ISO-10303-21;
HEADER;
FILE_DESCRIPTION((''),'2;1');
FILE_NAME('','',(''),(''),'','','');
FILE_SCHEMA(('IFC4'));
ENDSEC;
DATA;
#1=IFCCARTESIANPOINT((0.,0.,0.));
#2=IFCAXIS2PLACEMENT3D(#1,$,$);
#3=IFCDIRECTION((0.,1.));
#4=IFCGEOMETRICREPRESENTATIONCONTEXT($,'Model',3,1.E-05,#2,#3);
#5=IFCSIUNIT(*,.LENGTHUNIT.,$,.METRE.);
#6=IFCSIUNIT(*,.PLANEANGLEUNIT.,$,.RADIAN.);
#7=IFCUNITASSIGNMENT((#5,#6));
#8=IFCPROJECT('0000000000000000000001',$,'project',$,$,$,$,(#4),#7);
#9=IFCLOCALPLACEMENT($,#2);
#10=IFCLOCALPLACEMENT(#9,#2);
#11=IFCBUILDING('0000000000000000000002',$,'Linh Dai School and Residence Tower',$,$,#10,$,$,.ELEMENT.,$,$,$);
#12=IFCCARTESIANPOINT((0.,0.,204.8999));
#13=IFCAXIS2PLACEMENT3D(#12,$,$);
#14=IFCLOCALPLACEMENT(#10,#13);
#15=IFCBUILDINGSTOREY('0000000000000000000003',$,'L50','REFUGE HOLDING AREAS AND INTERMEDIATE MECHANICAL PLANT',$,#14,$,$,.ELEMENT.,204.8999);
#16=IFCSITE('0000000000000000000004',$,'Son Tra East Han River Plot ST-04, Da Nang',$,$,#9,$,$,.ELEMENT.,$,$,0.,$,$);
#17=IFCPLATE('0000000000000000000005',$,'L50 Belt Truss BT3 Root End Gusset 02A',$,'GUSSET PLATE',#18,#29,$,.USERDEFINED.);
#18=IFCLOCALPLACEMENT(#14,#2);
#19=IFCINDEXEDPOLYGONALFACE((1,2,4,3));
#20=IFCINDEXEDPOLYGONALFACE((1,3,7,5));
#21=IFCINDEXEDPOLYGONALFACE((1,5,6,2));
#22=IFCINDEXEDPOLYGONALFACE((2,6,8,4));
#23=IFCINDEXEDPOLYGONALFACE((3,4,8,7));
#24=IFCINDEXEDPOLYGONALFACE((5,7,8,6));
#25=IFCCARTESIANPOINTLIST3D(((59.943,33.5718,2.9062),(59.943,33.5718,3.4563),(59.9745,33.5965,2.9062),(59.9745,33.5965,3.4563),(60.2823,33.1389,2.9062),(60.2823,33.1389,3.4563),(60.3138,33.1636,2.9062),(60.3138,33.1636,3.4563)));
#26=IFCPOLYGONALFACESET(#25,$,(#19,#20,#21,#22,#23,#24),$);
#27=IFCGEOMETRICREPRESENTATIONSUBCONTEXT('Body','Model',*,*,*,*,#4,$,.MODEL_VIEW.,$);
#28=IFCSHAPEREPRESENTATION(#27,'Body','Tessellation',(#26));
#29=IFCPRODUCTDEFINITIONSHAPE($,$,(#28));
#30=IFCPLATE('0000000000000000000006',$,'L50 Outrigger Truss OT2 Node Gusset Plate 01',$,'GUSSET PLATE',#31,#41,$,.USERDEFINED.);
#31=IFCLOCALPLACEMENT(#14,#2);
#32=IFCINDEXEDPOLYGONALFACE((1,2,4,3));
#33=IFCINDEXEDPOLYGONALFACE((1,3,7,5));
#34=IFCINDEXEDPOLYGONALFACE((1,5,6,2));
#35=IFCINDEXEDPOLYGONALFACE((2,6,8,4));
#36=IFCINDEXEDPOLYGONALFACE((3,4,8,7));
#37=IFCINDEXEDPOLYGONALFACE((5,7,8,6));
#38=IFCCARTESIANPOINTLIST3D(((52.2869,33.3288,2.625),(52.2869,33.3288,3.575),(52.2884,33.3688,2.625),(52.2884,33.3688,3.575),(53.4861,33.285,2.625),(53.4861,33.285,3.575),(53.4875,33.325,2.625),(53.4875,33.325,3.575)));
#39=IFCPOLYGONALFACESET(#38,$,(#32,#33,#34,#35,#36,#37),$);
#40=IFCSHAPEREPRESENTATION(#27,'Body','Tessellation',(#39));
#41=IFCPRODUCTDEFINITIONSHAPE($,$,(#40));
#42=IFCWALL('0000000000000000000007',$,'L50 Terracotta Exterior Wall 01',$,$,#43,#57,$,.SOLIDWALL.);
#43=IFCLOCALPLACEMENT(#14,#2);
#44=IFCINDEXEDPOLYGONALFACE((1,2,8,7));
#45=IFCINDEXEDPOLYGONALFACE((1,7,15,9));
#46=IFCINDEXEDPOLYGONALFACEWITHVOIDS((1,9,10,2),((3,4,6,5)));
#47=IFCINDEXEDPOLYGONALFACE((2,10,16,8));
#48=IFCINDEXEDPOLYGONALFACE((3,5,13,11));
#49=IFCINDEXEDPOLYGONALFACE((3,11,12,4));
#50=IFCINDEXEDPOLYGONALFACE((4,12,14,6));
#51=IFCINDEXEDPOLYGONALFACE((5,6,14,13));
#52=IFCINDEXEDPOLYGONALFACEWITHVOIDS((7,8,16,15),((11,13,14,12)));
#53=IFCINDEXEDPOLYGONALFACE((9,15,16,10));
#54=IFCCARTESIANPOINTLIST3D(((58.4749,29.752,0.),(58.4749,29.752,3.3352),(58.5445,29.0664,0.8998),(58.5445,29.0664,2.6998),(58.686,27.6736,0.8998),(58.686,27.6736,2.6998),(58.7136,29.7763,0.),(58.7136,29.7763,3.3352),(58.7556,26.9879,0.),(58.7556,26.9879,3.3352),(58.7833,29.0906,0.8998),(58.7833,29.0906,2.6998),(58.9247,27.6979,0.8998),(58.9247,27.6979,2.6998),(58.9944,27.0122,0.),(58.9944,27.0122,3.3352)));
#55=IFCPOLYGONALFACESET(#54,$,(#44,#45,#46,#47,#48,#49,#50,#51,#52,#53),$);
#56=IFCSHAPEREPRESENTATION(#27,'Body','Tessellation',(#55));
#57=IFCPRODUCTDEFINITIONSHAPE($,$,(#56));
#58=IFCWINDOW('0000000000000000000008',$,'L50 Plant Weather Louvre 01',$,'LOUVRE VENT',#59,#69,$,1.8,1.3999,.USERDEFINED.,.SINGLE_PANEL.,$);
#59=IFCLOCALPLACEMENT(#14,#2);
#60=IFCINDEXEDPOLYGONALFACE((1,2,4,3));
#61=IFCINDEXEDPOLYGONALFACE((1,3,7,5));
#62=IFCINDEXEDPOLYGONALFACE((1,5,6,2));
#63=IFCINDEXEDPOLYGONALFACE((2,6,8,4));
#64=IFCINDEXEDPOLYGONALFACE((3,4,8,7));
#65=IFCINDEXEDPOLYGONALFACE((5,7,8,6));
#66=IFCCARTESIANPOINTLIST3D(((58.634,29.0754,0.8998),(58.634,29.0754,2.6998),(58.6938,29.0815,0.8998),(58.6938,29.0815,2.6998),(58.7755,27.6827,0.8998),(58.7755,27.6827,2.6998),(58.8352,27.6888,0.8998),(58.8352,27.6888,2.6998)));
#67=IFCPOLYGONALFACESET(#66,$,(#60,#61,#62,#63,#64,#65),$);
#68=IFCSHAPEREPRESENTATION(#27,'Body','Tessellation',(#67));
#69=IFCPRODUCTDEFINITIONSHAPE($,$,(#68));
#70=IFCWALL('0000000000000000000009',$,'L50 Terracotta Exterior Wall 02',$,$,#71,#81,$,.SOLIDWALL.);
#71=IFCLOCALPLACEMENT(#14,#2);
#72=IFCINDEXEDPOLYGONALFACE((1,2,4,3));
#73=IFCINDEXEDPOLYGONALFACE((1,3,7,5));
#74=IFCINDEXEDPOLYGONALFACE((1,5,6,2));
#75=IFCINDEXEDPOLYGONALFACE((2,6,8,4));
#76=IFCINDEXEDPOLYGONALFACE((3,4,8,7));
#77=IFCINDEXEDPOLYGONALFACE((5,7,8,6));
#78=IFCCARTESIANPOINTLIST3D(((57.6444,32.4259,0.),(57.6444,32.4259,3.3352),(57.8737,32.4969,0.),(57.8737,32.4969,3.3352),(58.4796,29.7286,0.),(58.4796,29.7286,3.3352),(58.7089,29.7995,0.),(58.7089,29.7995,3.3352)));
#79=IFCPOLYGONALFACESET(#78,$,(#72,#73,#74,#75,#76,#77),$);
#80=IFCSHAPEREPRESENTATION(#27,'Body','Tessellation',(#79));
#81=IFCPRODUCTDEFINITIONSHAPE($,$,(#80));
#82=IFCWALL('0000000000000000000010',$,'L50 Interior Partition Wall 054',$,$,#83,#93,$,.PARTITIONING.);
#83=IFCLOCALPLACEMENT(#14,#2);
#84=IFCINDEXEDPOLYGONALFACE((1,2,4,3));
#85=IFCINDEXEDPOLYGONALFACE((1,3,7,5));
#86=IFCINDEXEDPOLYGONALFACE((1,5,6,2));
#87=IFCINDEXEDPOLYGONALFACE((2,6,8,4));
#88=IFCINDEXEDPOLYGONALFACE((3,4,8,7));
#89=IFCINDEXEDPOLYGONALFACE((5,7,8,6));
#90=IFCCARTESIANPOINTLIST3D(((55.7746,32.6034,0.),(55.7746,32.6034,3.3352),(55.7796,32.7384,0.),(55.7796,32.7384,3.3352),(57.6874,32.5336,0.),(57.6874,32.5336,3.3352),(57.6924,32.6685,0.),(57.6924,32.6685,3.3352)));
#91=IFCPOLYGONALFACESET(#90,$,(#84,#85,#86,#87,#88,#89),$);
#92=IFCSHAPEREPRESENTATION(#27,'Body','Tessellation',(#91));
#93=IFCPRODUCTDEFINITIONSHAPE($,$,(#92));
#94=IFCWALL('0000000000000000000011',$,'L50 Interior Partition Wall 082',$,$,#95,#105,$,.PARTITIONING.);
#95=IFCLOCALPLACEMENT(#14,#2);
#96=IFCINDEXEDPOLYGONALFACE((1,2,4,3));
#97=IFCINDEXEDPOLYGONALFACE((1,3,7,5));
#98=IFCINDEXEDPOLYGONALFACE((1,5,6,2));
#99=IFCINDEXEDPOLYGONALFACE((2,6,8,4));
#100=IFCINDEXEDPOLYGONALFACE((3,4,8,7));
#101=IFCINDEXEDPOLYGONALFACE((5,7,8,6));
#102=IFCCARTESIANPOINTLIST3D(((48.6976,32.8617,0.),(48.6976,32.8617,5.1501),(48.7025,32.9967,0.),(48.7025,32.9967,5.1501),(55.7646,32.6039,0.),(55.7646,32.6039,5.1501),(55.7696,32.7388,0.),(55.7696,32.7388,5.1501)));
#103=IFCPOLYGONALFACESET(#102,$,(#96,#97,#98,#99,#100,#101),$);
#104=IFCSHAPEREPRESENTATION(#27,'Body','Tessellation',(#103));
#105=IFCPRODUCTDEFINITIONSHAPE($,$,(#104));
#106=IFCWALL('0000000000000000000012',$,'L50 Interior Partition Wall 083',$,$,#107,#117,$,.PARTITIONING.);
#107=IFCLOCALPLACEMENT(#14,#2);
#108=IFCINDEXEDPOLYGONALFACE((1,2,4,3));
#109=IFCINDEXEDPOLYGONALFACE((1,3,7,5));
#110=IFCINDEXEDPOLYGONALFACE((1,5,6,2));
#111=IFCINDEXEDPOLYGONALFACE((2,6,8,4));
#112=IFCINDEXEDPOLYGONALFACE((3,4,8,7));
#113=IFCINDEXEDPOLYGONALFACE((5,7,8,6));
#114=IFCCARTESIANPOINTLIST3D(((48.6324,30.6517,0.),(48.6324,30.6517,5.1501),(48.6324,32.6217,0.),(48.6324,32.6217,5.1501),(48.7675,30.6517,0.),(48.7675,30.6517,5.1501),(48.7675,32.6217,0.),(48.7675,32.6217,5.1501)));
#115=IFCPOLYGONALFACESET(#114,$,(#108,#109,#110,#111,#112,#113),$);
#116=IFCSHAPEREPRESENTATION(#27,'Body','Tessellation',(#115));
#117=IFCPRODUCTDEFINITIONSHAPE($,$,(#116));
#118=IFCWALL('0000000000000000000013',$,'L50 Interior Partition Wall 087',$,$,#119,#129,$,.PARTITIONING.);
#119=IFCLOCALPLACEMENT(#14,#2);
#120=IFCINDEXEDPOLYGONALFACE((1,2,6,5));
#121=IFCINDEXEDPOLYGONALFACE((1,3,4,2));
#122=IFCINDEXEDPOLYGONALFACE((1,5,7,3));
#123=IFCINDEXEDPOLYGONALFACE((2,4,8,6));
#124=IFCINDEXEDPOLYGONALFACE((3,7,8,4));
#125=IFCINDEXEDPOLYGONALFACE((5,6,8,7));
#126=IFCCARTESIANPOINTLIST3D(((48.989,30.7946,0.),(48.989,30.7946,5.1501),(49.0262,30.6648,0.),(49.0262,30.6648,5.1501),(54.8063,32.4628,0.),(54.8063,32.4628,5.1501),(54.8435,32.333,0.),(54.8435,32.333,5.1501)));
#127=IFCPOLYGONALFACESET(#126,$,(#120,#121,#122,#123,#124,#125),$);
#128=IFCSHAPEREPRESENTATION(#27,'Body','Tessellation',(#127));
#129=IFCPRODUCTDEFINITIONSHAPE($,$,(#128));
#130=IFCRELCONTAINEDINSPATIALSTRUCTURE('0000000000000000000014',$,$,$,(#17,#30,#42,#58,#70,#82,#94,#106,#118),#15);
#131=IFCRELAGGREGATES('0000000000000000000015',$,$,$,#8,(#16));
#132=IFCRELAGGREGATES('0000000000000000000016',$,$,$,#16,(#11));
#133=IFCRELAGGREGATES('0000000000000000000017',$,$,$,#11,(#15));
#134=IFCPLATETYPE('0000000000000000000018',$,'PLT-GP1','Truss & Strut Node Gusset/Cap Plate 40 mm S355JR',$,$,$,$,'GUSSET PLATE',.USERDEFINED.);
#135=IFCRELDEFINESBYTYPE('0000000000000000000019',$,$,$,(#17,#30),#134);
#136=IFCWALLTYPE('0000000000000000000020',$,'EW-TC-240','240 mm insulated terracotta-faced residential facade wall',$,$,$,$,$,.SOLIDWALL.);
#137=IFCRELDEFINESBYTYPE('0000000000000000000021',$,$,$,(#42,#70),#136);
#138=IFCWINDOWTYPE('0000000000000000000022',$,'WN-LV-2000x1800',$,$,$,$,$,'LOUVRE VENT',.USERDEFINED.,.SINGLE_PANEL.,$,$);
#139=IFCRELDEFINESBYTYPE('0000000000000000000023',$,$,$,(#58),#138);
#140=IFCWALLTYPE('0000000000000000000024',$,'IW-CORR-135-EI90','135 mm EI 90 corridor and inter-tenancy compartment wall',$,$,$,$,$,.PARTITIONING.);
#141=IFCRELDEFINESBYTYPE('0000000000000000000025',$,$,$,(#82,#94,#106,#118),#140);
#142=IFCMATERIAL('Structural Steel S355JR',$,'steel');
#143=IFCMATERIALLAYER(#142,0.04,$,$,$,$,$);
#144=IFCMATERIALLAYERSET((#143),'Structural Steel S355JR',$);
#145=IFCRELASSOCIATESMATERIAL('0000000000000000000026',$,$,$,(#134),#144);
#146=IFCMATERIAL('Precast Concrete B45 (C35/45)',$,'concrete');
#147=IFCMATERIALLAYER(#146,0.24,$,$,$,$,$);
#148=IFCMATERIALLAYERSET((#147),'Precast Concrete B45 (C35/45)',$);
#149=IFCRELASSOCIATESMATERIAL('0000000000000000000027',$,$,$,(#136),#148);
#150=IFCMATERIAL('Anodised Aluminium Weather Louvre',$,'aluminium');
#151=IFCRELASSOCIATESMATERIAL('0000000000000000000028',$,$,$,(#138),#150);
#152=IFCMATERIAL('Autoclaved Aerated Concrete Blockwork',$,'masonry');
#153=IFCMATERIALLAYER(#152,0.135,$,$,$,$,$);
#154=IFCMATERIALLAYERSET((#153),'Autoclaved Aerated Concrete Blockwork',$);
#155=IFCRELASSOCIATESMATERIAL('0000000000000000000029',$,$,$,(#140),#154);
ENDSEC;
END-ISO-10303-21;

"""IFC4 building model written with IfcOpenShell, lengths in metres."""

from ifc_helpers import new_model, si_unit, direction, frame, frame_2d, origin, origin_2d, place, context, subcontext, project, spatial, rectangle, extrude, source, transform, mapped, material, layer, layer_set, type_object, element, fill, save


model = new_model("IFC4")

# Units and contexts
model_context = context("Model", 3, precision=1e-05, world=origin(), true_north=direction((0.0, 1.0)))
body_context = subcontext(model_context, "Body", "Model", "MODEL_VIEW")
ifc_project = project(units=[si_unit("LENGTHUNIT", "METRE"), si_unit("PLANEANGLEUNIT", "RADIAN")], contexts=[model_context])

# Site, building, storey
site_placement = place(None, origin())
site = spatial("IfcSite", under=ifc_project, at=site_placement, Name="Son Tra East Han River Plot ST-04, Da Nang", CompositionType="ELEMENT", RefElevation=0.0)
building_placement = place(site_placement, origin())
building = spatial("IfcBuilding", under=site, at=building_placement, Name="Linh Dai School and Residence Tower", CompositionType="ELEMENT")
storey_placement = place(building_placement, frame((0.0, 0.0, 204.8999)))
storey = spatial("IfcBuildingStorey", under=building, at=storey_placement, Name="L50", Description="REFUGE HOLDING AREAS AND INTERMEDIATE MECHANICAL PLANT", CompositionType="ELEMENT", Elevation=204.8999)

# Shared definitions
ifc_material_1 = material(Name="Structural Steel S355JR", Category="steel")

# Plates
ifc_layer_1 = layer(ifc_material_1, 0.04)
ifc_layer_set_1 = layer_set([ifc_layer_1], Name="Structural Steel S355JR")
plate_type = type_object("IfcPlateType", Name="PLT-GP1", Description="Truss & Strut Node Gusset/Cap Plate 40 mm S355JR", ElementType="GUSSET PLATE", PredefinedType="USERDEFINED", material=ifc_layer_set_1)
shared_shape_1 = source(origin(), body_context, "Body", "SweptSolid", [
    extrude(rectangle(XDim=0.55, YDim=0.04, at=origin_2d()), origin(), (0.0, 0.0, 1.0), 0.55),
])
for number, where, z_axis, x_axis, name in (
    (1, (60.1284, 33.3677, 2.9062), (0.0, 0.0, 1.0), (-0.616843, 0.787087, 0.0), "L50 Belt Truss BT3 Root End Gusset 02A"),
):
    element("IfcPlate", number, at=place(storey_placement, frame(where, z_axis=z_axis, x_axis=x_axis)), inside=storey, type_object=plate_type, Name=name, ObjectType="GUSSET PLATE", PredefinedType="USERDEFINED", context=body_context, shape_type="MappedRepresentation", body=[
        mapped(shared_shape_1, transform((0.0, 0.0, 0.0), x_axis=(1.0, 0.0, 0.0), y_axis=(0.0, 1.0, 0.0), z_axis=(0.0, 0.0, 1.0), scale=1.0)),
    ])
shared_shape_2 = source(origin(), body_context, "Body", "SweptSolid", [
    extrude(rectangle(XDim=1.2, YDim=0.04, at=origin_2d()), origin(), (0.0, 0.0, 1.0), 0.95),
])
plate_1_placement = place(storey_placement, frame((52.8872, 33.3269, 2.625), z_axis=(0.0, 0.0, 1.0), x_axis=(0.999335, -0.036466, 0.0)))
element("IfcPlate", 2, at=plate_1_placement, inside=storey, type_object=plate_type, Name="L50 Outrigger Truss OT2 Node Gusset Plate 01", ObjectType="GUSSET PLATE", PredefinedType="USERDEFINED", context=body_context, shape_type="MappedRepresentation", body=[
    mapped(shared_shape_2, transform((0.0, 0.0, 0.0), x_axis=(1.0, 0.0, 0.0), y_axis=(0.0, 1.0, 0.0), z_axis=(0.0, 0.0, 1.0), scale=1.0)),
])

# Wall, opening, window
ifc_material_2 = material(Name="Precast Concrete B45 (C35/45)", Category="concrete")
ifc_layer_2 = layer(ifc_material_2, 0.24)
ifc_layer_set_2 = layer_set([ifc_layer_2], Name="Precast Concrete B45 (C35/45)")
wall_type_1 = type_object("IfcWallType", Name="EW-TC-240", Description="240 mm insulated terracotta-faced residential facade wall", PredefinedType="SOLIDWALL", material=ifc_layer_set_2)
wall_1_placement = place(storey_placement, frame((58.5942, 29.7642, 0.0), z_axis=(0.0, 0.0, 1.0), x_axis=(0.101052, -0.994881, 0.0)))
wall_1 = element("IfcWall", 3, at=wall_1_placement, inside=storey, type_object=wall_type_1, Name="L50 Terracotta Exterior Wall 01", PredefinedType="SOLIDWALL", context=body_context, shape_type="SweptSolid", body=[
    extrude(rectangle(XDim=2.7783, YDim=0.24, at=frame_2d((1.3892, 0.0))), origin(), (0.0, 0.0, 1.0), 3.3352),
])
opening_placement = place(wall_1_placement, frame((0.6892, 0.0, 0.8999)))
opening = element("IfcOpeningElement", 4, at=opening_placement, cuts=wall_1, PredefinedType="OPENING", context=body_context, shape_type="SweptSolid", body=[
    extrude(rectangle(XDim=1.3999, YDim=1.8, at=origin_2d()), frame((0.7, 0.1299, 0.8999), z_axis=(0.0, -1.0, 0.0), x_axis=(1.0, 0.0, 0.0)), (0.0, 0.0, 1.0), 0.26),
])
ifc_material_3 = material(Name="Anodised Aluminium Weather Louvre", Category="aluminium")
window_type = type_object("IfcWindowType", Name="WN-LV-2000x1800", ElementType="LOUVRE VENT", PartitioningType="SINGLE_PANEL", PredefinedType="USERDEFINED", material=ifc_material_3)
shared_shape_3 = source(origin(), body_context, "Body", "SweptSolid", [
    extrude(rectangle(XDim=1.3999, YDim=1.8, at=origin_2d()), frame((0.7, 0.03, 0.8999), z_axis=(0.0, -1.0, 0.0), x_axis=(1.0, 0.0, 0.0)), (0.0, 0.0, 1.0), 0.0601),
])
window_placement = place(opening_placement, origin())
window = element("IfcWindow", 5, at=window_placement, inside=storey, type_object=window_type, Name="L50 Plant Weather Louvre 01", ObjectType="LOUVRE VENT", OverallHeight=1.8, OverallWidth=1.3999, PartitioningType="SINGLE_PANEL", PredefinedType="USERDEFINED", context=body_context, shape_type="MappedRepresentation", body=[
    mapped(shared_shape_3, transform((0.0, 0.0, 0.0), x_axis=(1.0, 0.0, 0.0), y_axis=(0.0, 1.0, 0.0), z_axis=(0.0, 0.0, 1.0), scale=1.0)),
])
fill(opening, window)

# Walls
wall_2_placement = place(storey_placement, frame((57.759, 32.4614, 0.0), z_axis=(0.0, 0.0, 1.0), x_axis=(0.295793, -0.955252, 0.0)))
element("IfcWall", 6, at=wall_2_placement, inside=storey, type_object=wall_type_1, Name="L50 Terracotta Exterior Wall 02", PredefinedType="SOLIDWALL", context=body_context, shape_type="SweptSolid", body=[
    extrude(rectangle(XDim=2.8237, YDim=0.24, at=frame_2d((1.4119, 0.0))), origin(), (0.0, 0.0, 1.0), 3.3352),
])
ifc_material_4 = material(Name="Autoclaved Aerated Concrete Blockwork", Category="masonry")
ifc_layer_3 = layer(ifc_material_4, 0.135)
ifc_layer_set_3 = layer_set([ifc_layer_3], Name="Autoclaved Aerated Concrete Blockwork")
wall_type_2 = type_object("IfcWallType", Name="IW-CORR-135-EI90", Description="135 mm EI 90 corridor and inter-tenancy compartment wall", PredefinedType="PARTITIONING", material=ifc_layer_set_3)
wall_3_placement = place(storey_placement, frame((55.7771, 32.6709, 0.0), z_axis=(0.0, 0.0, 1.0), x_axis=(0.999334, -0.036479, 0.0)))
element("IfcWall", 7, at=wall_3_placement, inside=storey, type_object=wall_type_2, Name="L50 Interior Partition Wall 054", PredefinedType="PARTITIONING", context=body_context, shape_type="SweptSolid", body=[
    extrude(rectangle(XDim=1.9141, YDim=0.135, at=frame_2d((0.957, 0.0))), origin(), (0.0, 0.0, 1.0), 3.3352),
])
wall_4_placement = place(storey_placement, frame((55.7671, 32.6714, 0.0), z_axis=(0.0, 0.0, 1.0), x_axis=(-0.999335, 0.036456, 0.0)))
element("IfcWall", 8, at=wall_4_placement, inside=storey, type_object=wall_type_2, Name="L50 Interior Partition Wall 082", PredefinedType="PARTITIONING", context=body_context, shape_type="SweptSolid", body=[
    extrude(rectangle(XDim=7.0718, YDim=0.135, at=frame_2d((3.5359, 0.0))), origin(), (0.0, 0.0, 1.0), 5.1501),
])
wall_5_placement = place(storey_placement, frame((48.7, 32.6216, 0.0), z_axis=(0.0, 0.0, 1.0), x_axis=(0.0, -1.0, 0.0)))
element("IfcWall", 9, at=wall_5_placement, inside=storey, type_object=wall_type_2, Name="L50 Interior Partition Wall 083", PredefinedType="PARTITIONING", context=body_context, shape_type="SweptSolid", body=[
    extrude(rectangle(XDim=1.97, YDim=0.135, at=frame_2d((0.9849, 0.0))), origin(), (0.0, 0.0, 1.0), 5.1501),
])
wall_6_placement = place(storey_placement, frame((49.0076, 30.7297, 0.0), z_axis=(0.0, 0.0, 1.0), x_axis=(0.961257, 0.275653, 0.0)))
element("IfcWall", 10, at=wall_6_placement, inside=storey, type_object=wall_type_2, Name="L50 Interior Partition Wall 087", PredefinedType="PARTITIONING", context=body_context, shape_type="SweptSolid", body=[
    extrude(rectangle(XDim=6.0518, YDim=0.135, at=frame_2d((3.0259, 0.0))), origin(), (0.0, 0.0, 1.0), 5.1501),
])

save(model, "model.ifc")
